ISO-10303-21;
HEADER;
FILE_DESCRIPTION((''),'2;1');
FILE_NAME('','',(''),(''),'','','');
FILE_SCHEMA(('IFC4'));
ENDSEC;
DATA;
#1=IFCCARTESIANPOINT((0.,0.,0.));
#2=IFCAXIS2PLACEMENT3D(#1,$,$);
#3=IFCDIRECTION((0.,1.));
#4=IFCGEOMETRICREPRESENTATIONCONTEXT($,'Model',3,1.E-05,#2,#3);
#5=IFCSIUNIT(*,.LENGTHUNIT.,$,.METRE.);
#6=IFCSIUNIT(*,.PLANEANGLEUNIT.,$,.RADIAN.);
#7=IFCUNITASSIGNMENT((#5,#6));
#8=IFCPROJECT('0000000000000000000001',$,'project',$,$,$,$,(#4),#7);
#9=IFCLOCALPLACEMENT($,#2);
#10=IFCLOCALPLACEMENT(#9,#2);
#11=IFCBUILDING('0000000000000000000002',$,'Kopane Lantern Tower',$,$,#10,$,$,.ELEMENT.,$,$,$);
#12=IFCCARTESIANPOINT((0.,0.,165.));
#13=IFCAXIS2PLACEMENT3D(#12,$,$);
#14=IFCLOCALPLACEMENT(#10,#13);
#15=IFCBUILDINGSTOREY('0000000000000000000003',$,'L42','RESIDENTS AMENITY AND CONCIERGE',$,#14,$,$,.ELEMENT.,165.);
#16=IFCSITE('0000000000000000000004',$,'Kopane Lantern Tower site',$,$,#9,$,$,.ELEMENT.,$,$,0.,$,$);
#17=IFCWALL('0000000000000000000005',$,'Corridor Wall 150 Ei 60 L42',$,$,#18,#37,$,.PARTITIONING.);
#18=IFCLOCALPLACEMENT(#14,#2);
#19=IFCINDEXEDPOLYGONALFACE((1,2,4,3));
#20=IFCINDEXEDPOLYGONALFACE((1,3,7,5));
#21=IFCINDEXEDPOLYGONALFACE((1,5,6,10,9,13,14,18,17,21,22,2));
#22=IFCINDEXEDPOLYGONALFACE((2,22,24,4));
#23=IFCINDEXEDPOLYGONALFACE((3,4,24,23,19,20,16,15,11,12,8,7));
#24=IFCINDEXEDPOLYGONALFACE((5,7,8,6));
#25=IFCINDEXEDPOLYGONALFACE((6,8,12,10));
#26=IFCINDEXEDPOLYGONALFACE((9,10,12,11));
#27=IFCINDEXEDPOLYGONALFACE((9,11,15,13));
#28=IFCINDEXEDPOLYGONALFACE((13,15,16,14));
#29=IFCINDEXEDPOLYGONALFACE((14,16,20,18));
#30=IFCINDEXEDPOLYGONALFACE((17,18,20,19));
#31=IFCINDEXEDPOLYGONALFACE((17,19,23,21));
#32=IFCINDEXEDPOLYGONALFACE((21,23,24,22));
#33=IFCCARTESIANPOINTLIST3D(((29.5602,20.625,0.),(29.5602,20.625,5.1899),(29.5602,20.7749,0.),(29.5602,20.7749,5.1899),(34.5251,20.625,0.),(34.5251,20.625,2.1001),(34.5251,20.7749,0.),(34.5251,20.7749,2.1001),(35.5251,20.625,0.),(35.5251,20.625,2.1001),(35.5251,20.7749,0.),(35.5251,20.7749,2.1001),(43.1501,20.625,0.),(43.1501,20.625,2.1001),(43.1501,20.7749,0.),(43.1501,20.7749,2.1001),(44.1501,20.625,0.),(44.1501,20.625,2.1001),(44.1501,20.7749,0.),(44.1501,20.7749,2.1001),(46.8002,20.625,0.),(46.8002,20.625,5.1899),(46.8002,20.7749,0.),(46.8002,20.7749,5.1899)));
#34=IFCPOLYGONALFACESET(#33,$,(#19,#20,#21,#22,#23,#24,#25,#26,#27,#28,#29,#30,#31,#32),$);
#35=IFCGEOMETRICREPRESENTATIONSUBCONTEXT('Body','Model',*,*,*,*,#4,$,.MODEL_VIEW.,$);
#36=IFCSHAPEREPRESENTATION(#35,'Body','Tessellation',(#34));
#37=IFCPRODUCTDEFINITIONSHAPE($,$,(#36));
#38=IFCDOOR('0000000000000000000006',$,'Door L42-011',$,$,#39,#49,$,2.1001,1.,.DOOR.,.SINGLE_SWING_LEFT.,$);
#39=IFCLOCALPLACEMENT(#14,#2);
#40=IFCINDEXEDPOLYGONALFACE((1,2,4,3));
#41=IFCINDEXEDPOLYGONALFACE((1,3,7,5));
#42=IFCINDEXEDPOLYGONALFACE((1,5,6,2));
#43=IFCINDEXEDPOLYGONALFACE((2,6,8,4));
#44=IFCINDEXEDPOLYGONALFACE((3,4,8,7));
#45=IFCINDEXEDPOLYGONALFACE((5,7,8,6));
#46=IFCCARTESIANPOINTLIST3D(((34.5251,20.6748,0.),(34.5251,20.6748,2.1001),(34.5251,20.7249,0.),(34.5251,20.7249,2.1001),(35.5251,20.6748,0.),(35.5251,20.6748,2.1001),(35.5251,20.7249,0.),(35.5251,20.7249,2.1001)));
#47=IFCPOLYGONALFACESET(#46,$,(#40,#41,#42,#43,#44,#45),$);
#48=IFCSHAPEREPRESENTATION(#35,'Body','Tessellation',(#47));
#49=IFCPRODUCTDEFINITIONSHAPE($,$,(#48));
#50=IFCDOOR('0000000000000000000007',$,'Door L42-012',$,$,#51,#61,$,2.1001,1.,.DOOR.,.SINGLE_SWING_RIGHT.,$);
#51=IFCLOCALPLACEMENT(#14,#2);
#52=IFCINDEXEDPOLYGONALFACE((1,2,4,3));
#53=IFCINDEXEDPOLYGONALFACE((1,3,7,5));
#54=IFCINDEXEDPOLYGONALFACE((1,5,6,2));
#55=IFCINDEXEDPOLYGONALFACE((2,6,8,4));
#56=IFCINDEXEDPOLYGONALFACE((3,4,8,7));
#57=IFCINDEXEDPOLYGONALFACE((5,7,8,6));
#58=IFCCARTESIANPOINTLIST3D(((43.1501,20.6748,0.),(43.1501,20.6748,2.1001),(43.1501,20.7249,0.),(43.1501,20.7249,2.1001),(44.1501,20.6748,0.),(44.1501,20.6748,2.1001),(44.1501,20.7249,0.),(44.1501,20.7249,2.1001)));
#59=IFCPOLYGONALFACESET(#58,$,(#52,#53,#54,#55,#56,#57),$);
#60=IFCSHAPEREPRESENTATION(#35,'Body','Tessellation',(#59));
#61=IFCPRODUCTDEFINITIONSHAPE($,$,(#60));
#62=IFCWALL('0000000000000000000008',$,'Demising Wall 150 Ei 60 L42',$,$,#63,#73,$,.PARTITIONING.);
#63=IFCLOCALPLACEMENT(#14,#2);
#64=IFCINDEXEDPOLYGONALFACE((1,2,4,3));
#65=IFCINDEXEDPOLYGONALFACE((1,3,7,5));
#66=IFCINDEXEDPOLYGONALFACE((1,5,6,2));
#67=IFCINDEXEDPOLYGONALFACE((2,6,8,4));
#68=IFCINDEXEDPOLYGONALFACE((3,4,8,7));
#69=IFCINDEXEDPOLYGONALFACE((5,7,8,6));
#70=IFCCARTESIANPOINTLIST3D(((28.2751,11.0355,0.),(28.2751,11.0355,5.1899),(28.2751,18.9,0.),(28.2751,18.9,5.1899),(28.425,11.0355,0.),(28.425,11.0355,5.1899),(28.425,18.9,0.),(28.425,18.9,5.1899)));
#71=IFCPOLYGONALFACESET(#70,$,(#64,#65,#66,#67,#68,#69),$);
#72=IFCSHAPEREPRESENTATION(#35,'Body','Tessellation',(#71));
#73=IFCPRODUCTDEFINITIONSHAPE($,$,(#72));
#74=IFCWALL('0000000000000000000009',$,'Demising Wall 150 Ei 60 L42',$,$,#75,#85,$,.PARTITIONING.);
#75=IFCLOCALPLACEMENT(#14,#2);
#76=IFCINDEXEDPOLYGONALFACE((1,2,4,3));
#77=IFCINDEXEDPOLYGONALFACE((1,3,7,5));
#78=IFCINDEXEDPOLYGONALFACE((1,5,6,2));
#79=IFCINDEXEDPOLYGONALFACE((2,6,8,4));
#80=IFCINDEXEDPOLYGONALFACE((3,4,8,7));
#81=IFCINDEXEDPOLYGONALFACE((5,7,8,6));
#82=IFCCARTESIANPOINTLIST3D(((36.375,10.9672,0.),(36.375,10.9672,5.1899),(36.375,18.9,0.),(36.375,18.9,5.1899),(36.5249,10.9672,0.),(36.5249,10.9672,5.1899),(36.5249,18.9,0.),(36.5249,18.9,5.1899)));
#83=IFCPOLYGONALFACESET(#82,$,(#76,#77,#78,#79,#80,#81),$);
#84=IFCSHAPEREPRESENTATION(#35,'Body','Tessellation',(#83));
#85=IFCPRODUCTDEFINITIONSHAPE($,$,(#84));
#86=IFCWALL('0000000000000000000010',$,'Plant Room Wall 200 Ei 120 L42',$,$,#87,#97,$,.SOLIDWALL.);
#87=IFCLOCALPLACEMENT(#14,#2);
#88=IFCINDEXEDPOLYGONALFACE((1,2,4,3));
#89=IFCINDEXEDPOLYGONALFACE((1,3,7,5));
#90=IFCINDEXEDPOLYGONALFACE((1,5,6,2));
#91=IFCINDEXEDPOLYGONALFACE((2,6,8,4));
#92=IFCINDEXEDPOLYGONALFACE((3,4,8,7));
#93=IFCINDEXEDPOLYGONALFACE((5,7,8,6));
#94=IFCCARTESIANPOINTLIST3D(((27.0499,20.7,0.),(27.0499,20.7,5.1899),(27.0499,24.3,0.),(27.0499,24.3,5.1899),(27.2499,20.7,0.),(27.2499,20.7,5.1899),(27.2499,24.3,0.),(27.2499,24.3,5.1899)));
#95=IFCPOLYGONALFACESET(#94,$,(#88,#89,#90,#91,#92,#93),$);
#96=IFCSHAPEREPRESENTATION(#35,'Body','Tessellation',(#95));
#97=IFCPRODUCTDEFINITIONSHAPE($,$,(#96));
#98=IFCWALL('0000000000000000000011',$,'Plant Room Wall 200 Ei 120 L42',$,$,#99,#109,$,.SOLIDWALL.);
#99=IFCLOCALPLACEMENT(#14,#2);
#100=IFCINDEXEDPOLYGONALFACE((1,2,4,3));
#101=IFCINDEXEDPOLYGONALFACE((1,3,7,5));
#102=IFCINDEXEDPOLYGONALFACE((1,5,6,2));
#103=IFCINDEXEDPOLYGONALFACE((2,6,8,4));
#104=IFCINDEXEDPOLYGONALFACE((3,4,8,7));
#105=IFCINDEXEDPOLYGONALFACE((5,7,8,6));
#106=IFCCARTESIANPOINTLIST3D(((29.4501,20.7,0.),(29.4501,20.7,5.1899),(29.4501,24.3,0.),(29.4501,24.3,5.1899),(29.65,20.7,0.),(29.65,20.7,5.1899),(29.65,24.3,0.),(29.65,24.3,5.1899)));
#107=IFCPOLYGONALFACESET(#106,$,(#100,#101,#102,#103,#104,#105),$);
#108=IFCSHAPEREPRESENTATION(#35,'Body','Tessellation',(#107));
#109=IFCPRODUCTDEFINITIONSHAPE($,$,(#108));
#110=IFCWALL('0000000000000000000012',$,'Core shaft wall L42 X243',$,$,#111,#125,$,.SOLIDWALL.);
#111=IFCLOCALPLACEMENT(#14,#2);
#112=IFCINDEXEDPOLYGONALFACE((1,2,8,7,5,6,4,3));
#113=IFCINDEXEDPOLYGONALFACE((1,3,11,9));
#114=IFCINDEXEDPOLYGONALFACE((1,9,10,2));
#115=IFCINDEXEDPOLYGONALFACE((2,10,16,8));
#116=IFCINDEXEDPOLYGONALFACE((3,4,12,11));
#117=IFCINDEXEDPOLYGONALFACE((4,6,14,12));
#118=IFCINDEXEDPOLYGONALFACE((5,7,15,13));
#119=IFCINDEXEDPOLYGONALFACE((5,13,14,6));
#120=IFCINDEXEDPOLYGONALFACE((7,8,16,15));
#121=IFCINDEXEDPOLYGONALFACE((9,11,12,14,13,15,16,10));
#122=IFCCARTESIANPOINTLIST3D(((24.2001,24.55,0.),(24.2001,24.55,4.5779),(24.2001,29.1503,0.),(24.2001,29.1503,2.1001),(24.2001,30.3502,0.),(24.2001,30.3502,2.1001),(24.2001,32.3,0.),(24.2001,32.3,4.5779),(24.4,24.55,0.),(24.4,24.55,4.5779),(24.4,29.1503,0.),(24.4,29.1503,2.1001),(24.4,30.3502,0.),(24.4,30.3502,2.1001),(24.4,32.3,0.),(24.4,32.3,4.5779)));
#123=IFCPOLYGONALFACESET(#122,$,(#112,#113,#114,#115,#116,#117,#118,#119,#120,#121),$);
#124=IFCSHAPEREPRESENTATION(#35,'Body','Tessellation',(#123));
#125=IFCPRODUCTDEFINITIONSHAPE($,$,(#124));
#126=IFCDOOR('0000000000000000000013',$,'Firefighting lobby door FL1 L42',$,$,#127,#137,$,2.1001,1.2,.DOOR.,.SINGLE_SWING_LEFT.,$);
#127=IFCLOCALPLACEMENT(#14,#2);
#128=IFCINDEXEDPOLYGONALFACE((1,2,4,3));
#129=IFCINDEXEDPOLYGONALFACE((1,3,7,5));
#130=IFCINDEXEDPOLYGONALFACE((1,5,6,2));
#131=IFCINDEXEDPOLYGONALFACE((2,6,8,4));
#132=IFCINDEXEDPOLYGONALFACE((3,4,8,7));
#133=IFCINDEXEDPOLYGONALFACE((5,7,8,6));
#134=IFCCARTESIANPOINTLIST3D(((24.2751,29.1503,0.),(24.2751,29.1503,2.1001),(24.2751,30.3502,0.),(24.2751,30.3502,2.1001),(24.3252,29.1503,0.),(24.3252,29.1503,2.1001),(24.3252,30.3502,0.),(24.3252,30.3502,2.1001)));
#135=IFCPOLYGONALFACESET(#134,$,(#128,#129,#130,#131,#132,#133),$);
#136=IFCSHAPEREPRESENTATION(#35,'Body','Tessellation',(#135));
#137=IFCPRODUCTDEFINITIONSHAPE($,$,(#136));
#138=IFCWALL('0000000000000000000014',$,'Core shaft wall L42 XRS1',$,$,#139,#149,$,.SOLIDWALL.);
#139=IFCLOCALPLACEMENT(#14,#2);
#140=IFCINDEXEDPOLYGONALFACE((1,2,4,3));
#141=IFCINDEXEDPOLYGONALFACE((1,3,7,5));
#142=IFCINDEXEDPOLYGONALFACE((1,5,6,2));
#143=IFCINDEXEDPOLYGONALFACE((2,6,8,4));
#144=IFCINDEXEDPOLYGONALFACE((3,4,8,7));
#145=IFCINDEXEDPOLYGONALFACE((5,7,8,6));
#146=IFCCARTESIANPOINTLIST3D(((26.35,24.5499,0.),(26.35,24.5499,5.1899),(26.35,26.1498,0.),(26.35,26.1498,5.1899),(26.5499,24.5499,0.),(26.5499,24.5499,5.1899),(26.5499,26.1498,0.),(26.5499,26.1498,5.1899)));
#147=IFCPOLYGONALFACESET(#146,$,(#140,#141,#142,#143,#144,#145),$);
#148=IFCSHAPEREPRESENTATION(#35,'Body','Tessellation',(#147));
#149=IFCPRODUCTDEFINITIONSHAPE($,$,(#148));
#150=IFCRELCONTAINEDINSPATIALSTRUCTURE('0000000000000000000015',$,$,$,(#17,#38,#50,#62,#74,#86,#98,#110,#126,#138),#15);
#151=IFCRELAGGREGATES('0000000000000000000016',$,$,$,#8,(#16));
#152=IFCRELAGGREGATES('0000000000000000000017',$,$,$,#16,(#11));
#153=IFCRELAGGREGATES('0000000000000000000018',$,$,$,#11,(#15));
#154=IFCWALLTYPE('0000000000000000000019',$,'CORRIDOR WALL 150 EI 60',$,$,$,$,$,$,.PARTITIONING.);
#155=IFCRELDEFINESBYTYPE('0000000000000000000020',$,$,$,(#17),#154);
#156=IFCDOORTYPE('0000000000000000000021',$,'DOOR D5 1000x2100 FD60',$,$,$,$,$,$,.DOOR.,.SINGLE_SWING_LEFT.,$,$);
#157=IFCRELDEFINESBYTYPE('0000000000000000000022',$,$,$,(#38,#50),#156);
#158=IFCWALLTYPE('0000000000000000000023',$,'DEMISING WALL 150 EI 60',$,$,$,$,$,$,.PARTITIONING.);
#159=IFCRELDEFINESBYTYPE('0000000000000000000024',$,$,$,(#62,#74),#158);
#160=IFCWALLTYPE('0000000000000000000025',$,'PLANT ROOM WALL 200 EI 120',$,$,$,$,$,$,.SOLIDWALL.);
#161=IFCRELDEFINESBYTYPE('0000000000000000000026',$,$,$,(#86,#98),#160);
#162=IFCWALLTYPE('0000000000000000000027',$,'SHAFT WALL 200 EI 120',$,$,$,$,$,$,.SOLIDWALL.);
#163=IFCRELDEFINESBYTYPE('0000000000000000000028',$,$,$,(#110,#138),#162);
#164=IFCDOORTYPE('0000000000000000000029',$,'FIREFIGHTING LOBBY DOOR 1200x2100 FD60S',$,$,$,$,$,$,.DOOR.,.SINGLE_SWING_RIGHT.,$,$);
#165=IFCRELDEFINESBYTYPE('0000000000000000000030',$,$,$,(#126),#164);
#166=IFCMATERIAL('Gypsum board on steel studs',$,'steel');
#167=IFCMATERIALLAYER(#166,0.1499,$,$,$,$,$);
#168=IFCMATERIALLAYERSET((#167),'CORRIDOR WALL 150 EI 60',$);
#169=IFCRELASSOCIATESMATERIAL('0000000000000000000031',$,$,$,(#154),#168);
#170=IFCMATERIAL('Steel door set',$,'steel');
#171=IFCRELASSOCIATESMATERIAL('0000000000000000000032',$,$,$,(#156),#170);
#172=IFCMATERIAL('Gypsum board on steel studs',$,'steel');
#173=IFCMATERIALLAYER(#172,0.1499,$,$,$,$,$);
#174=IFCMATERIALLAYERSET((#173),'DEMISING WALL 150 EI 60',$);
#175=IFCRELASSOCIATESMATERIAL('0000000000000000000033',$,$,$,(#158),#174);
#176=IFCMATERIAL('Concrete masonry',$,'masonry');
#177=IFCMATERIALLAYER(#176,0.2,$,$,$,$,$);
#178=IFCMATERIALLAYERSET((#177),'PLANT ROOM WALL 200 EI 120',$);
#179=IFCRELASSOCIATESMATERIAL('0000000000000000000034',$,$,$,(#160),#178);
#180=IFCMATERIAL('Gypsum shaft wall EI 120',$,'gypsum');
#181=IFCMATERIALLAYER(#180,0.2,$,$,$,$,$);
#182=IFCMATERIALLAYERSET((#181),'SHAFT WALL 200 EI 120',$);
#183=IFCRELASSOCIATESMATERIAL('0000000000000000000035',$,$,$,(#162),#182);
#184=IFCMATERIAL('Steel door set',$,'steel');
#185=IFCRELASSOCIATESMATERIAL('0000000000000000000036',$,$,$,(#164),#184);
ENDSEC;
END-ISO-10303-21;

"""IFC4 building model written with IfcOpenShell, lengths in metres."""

from ifc_helpers import new_model, si_unit, direction, frame, frame_2d, origin, place, context, subcontext, project, spatial, rectangle, extrude, material, layer, layer_set, type_object, element, fill, save


model = new_model("IFC4")

# Units and contexts
model_context = context("Model", 3, precision=1e-05, world=origin(), true_north=direction((0.0, 1.0)))
body_context = subcontext(model_context, "Body", "Model", "MODEL_VIEW")
ifc_project = project(units=[si_unit("LENGTHUNIT", "METRE"), si_unit("PLANEANGLEUNIT", "RADIAN")], contexts=[model_context])

# Site, building, storey
site_placement = place(None, origin())
site = spatial("IfcSite", under=ifc_project, at=site_placement, Name="Kopane Lantern Tower site", CompositionType="ELEMENT", RefElevation=0.0)
building_placement = place(site_placement, origin())
building = spatial("IfcBuilding", under=site, at=building_placement, Name="Kopane Lantern Tower", CompositionType="ELEMENT")
storey_placement = place(building_placement, frame((0.0, 0.0, 165.0)))
storey = spatial("IfcBuildingStorey", under=building, at=storey_placement, Name="L42", Description="RESIDENTS AMENITY AND CONCIERGE", CompositionType="ELEMENT", Elevation=165.0)

# Wall, openings, doors
ifc_material_1 = material(Name="Gypsum board on steel studs", Category="steel")
ifc_layer_1 = layer(ifc_material_1, 0.1499)
ifc_layer_set_1 = layer_set([ifc_layer_1], Name="CORRIDOR WALL 150 EI 60")
wall_type_1 = type_object("IfcWallType", Name="CORRIDOR WALL 150 EI 60", PredefinedType="PARTITIONING", material=ifc_layer_set_1)
wall_1_placement = place(storey_placement, frame((29.5601, 20.7, 0.0), z_axis=(0.0, 0.0, 1.0), x_axis=(1.0, 0.0, 0.0)))
wall_1 = element("IfcWall", 1, at=wall_1_placement, inside=storey, type_object=wall_type_1, Name="Corridor Wall 150 Ei 60 L42", PredefinedType="PARTITIONING", context=body_context, shape_type="SweptSolid", body=[
    extrude(rectangle(XDim=17.24, YDim=0.1499, at=frame_2d((8.6201, 0.0))), origin(), (0.0, 0.0, 1.0), 5.1899),
])
opening_1_placement = place(wall_1_placement, frame((4.9651, 0.0, 0.0)))
opening_1 = element("IfcOpeningElement", 2, at=opening_1_placement, cuts=wall_1, PredefinedType="OPENING", context=body_context, shape_type="SweptSolid", body=[
    extrude(rectangle(XDim=1.0, YDim=2.1001, at=frame_2d((0.5, 1.05))), frame((0.0, 0.085, 0.0), z_axis=(0.0, -1.0, 0.0), x_axis=(1.0, 0.0, 0.0)), (0.0, 0.0, 1.0), 0.1699),
])
opening_2_placement = place(wall_1_placement, frame((13.5901, 0.0, 0.0)))
opening_2 = element("IfcOpeningElement", 3, at=opening_2_placement, cuts=wall_1, PredefinedType="OPENING", context=body_context, shape_type="SweptSolid", body=[
    extrude(rectangle(XDim=1.0, YDim=2.1001, at=frame_2d((0.5, 1.05))), frame((0.0, 0.085, 0.0), z_axis=(0.0, -1.0, 0.0), x_axis=(1.0, 0.0, 0.0)), (0.0, 0.0, 1.0), 0.1699),
])
ifc_material_2 = material(Name="Steel door set", Category="steel")
door_type_1 = type_object("IfcDoorType", Name="DOOR D5 1000x2100 FD60", OperationType="SINGLE_SWING_LEFT", PredefinedType="DOOR", material=ifc_material_2)
door_1_placement = place(opening_1_placement, origin())
door_1 = element("IfcDoor", 4, at=door_1_placement, inside=storey, type_object=door_type_1, Name="Door L42-011", OperationType="SINGLE_SWING_LEFT", OverallHeight=2.1001, OverallWidth=1.0, PredefinedType="DOOR", context=body_context, shape_type="SweptSolid", body=[
    extrude(rectangle(XDim=1.0, YDim=2.1001, at=frame_2d((0.5, 1.05))), frame((0.0, 0.0249, 0.0), z_axis=(0.0, -1.0, 0.0), x_axis=(1.0, 0.0, 0.0)), (0.0, 0.0, 1.0), 0.05),
])
fill(opening_1, door_1)
door_2_placement = place(opening_2_placement, origin())
door_2 = element("IfcDoor", 5, at=door_2_placement, inside=storey, type_object=door_type_1, Name="Door L42-012", OperationType="SINGLE_SWING_RIGHT", OverallHeight=2.1001, OverallWidth=1.0, PredefinedType="DOOR", context=body_context, shape_type="SweptSolid", body=[
    extrude(rectangle(XDim=1.0, YDim=2.1001, at=frame_2d((0.5, 1.05))), frame((0.0, 0.0249, 0.0), z_axis=(0.0, -1.0, 0.0), x_axis=(1.0, 0.0, 0.0)), (0.0, 0.0, 1.0), 0.05),
])
fill(opening_2, door_2)

# Walls
ifc_material_3 = material(Name="Gypsum board on steel studs", Category="steel")
ifc_layer_2 = layer(ifc_material_3, 0.1499)
ifc_layer_set_2 = layer_set([ifc_layer_2], Name="DEMISING WALL 150 EI 60")
wall_type_2 = type_object("IfcWallType", Name="DEMISING WALL 150 EI 60", PredefinedType="PARTITIONING", material=ifc_layer_set_2)
wall_2_placement = place(storey_placement, frame((28.3501, 18.8999, 0.0), z_axis=(0.0, 0.0, 1.0), x_axis=(0.0, -1.0, 0.0)))
element("IfcWall", 6, at=wall_2_placement, inside=storey, type_object=wall_type_2, Name="Demising Wall 150 Ei 60 L42", PredefinedType="PARTITIONING", context=body_context, shape_type="SweptSolid", body=[
    extrude(rectangle(XDim=7.8645, YDim=0.1499, at=frame_2d((3.9321, 0.0))), origin(), (0.0, 0.0, 1.0), 5.1899),
])
wall_3_placement = place(storey_placement, frame((36.45, 18.8999, 0.0), z_axis=(0.0, 0.0, 1.0), x_axis=(0.0, -1.0, 0.0)))
element("IfcWall", 7, at=wall_3_placement, inside=storey, type_object=wall_type_2, Name="Demising Wall 150 Ei 60 L42", PredefinedType="PARTITIONING", context=body_context, shape_type="SweptSolid", body=[
    extrude(rectangle(XDim=7.9329, YDim=0.1499, at=frame_2d((3.9663, 0.0))), origin(), (0.0, 0.0, 1.0), 5.1899),
])
ifc_material_4 = material(Name="Concrete masonry", Category="masonry")
ifc_layer_3 = layer(ifc_material_4, 0.2)
ifc_layer_set_3 = layer_set([ifc_layer_3], Name="PLANT ROOM WALL 200 EI 120")
wall_type_3 = type_object("IfcWallType", Name="PLANT ROOM WALL 200 EI 120", PredefinedType="SOLIDWALL", material=ifc_layer_set_3)
for number, where, z_axis, x_axis, name in (
    (8, (27.1499, 20.7, 0.0), (0.0, 0.0, 1.0), (0.0, 1.0, 0.0), "Plant Room Wall 200 Ei 120 L42"),
    (9, (29.55, 20.7, 0.0), (0.0, 0.0, 1.0), (0.0, 1.0, 0.0), "Plant Room Wall 200 Ei 120 L42"),
):
    element("IfcWall", number, at=place(storey_placement, frame(where, z_axis=z_axis, x_axis=x_axis)), inside=storey, type_object=wall_type_3, Name=name, PredefinedType="SOLIDWALL", context=body_context, shape_type="SweptSolid", body=[
        extrude(rectangle(XDim=3.6001, YDim=0.2, at=frame_2d((1.8, 0.0))), origin(), (0.0, 0.0, 1.0), 5.1899),
    ])

# Wall, opening, door
ifc_material_5 = material(Name="Gypsum shaft wall EI 120", Category="gypsum")
ifc_layer_4 = layer(ifc_material_5, 0.2)
ifc_layer_set_4 = layer_set([ifc_layer_4], Name="SHAFT WALL 200 EI 120")
wall_type_4 = type_object("IfcWallType", Name="SHAFT WALL 200 EI 120", PredefinedType="SOLIDWALL", material=ifc_layer_set_4)
wall_4_placement = place(storey_placement, frame((24.3, 24.55, 0.0), z_axis=(0.0, 0.0, 1.0), x_axis=(0.0, 1.0, 0.0)))
wall_4 = element("IfcWall", 10, at=wall_4_placement, inside=storey, type_object=wall_type_4, Name="Core shaft wall L42 X243", PredefinedType="SOLIDWALL", context=body_context, shape_type="SweptSolid", body=[
    extrude(rectangle(XDim=7.75, YDim=0.2, at=frame_2d((3.875, 0.0))), origin(), (0.0, 0.0, 1.0), 4.5779),
])
opening_3_placement = place(wall_4_placement, frame((4.6001, 0.0, 0.0)))
opening_3 = element("IfcOpeningElement", 11, at=opening_3_placement, cuts=wall_4, PredefinedType="OPENING", context=body_context, shape_type="SweptSolid", body=[
    extrude(rectangle(XDim=1.2, YDim=2.1001, at=frame_2d((0.6001, 1.05))), frame((0.0, 0.1099, 0.0), z_axis=(0.0, -1.0, 0.0), x_axis=(1.0, 0.0, 0.0)), (0.0, 0.0, 1.0), 0.22),
])
ifc_material_6 = material(Name="Steel door set", Category="steel")
door_type_2 = type_object("IfcDoorType", Name="FIREFIGHTING LOBBY DOOR 1200x2100 FD60S", OperationType="SINGLE_SWING_RIGHT", PredefinedType="DOOR", material=ifc_material_6)
door_3_placement = place(opening_3_placement, origin())
door_3 = element("IfcDoor", 12, at=door_3_placement, inside=storey, type_object=door_type_2, Name="Firefighting lobby door FL1 L42", OperationType="SINGLE_SWING_LEFT", OverallHeight=2.1001, OverallWidth=1.2, PredefinedType="DOOR", context=body_context, shape_type="SweptSolid", body=[
    extrude(rectangle(XDim=1.2, YDim=2.1001, at=frame_2d((0.6001, 1.05))), frame((0.0, 0.0249, 0.0), z_axis=(0.0, -1.0, 0.0), x_axis=(1.0, 0.0, 0.0)), (0.0, 0.0, 1.0), 0.05),
])
fill(opening_3, door_3)

# Wall
wall_5_placement = place(storey_placement, frame((26.45, 24.55, 0.0), z_axis=(0.0, 0.0, 1.0), x_axis=(0.0, 1.0, 0.0)))
element("IfcWall", 13, at=wall_5_placement, inside=storey, type_object=wall_type_4, Name="Core shaft wall L42 XRS1", PredefinedType="SOLIDWALL", context=body_context, shape_type="SweptSolid", body=[
    extrude(rectangle(XDim=1.5999, YDim=0.2, at=frame_2d((0.7998, 0.0))), origin(), (0.0, 0.0, 1.0), 5.1899),
])

save(model, "model.ifc")
